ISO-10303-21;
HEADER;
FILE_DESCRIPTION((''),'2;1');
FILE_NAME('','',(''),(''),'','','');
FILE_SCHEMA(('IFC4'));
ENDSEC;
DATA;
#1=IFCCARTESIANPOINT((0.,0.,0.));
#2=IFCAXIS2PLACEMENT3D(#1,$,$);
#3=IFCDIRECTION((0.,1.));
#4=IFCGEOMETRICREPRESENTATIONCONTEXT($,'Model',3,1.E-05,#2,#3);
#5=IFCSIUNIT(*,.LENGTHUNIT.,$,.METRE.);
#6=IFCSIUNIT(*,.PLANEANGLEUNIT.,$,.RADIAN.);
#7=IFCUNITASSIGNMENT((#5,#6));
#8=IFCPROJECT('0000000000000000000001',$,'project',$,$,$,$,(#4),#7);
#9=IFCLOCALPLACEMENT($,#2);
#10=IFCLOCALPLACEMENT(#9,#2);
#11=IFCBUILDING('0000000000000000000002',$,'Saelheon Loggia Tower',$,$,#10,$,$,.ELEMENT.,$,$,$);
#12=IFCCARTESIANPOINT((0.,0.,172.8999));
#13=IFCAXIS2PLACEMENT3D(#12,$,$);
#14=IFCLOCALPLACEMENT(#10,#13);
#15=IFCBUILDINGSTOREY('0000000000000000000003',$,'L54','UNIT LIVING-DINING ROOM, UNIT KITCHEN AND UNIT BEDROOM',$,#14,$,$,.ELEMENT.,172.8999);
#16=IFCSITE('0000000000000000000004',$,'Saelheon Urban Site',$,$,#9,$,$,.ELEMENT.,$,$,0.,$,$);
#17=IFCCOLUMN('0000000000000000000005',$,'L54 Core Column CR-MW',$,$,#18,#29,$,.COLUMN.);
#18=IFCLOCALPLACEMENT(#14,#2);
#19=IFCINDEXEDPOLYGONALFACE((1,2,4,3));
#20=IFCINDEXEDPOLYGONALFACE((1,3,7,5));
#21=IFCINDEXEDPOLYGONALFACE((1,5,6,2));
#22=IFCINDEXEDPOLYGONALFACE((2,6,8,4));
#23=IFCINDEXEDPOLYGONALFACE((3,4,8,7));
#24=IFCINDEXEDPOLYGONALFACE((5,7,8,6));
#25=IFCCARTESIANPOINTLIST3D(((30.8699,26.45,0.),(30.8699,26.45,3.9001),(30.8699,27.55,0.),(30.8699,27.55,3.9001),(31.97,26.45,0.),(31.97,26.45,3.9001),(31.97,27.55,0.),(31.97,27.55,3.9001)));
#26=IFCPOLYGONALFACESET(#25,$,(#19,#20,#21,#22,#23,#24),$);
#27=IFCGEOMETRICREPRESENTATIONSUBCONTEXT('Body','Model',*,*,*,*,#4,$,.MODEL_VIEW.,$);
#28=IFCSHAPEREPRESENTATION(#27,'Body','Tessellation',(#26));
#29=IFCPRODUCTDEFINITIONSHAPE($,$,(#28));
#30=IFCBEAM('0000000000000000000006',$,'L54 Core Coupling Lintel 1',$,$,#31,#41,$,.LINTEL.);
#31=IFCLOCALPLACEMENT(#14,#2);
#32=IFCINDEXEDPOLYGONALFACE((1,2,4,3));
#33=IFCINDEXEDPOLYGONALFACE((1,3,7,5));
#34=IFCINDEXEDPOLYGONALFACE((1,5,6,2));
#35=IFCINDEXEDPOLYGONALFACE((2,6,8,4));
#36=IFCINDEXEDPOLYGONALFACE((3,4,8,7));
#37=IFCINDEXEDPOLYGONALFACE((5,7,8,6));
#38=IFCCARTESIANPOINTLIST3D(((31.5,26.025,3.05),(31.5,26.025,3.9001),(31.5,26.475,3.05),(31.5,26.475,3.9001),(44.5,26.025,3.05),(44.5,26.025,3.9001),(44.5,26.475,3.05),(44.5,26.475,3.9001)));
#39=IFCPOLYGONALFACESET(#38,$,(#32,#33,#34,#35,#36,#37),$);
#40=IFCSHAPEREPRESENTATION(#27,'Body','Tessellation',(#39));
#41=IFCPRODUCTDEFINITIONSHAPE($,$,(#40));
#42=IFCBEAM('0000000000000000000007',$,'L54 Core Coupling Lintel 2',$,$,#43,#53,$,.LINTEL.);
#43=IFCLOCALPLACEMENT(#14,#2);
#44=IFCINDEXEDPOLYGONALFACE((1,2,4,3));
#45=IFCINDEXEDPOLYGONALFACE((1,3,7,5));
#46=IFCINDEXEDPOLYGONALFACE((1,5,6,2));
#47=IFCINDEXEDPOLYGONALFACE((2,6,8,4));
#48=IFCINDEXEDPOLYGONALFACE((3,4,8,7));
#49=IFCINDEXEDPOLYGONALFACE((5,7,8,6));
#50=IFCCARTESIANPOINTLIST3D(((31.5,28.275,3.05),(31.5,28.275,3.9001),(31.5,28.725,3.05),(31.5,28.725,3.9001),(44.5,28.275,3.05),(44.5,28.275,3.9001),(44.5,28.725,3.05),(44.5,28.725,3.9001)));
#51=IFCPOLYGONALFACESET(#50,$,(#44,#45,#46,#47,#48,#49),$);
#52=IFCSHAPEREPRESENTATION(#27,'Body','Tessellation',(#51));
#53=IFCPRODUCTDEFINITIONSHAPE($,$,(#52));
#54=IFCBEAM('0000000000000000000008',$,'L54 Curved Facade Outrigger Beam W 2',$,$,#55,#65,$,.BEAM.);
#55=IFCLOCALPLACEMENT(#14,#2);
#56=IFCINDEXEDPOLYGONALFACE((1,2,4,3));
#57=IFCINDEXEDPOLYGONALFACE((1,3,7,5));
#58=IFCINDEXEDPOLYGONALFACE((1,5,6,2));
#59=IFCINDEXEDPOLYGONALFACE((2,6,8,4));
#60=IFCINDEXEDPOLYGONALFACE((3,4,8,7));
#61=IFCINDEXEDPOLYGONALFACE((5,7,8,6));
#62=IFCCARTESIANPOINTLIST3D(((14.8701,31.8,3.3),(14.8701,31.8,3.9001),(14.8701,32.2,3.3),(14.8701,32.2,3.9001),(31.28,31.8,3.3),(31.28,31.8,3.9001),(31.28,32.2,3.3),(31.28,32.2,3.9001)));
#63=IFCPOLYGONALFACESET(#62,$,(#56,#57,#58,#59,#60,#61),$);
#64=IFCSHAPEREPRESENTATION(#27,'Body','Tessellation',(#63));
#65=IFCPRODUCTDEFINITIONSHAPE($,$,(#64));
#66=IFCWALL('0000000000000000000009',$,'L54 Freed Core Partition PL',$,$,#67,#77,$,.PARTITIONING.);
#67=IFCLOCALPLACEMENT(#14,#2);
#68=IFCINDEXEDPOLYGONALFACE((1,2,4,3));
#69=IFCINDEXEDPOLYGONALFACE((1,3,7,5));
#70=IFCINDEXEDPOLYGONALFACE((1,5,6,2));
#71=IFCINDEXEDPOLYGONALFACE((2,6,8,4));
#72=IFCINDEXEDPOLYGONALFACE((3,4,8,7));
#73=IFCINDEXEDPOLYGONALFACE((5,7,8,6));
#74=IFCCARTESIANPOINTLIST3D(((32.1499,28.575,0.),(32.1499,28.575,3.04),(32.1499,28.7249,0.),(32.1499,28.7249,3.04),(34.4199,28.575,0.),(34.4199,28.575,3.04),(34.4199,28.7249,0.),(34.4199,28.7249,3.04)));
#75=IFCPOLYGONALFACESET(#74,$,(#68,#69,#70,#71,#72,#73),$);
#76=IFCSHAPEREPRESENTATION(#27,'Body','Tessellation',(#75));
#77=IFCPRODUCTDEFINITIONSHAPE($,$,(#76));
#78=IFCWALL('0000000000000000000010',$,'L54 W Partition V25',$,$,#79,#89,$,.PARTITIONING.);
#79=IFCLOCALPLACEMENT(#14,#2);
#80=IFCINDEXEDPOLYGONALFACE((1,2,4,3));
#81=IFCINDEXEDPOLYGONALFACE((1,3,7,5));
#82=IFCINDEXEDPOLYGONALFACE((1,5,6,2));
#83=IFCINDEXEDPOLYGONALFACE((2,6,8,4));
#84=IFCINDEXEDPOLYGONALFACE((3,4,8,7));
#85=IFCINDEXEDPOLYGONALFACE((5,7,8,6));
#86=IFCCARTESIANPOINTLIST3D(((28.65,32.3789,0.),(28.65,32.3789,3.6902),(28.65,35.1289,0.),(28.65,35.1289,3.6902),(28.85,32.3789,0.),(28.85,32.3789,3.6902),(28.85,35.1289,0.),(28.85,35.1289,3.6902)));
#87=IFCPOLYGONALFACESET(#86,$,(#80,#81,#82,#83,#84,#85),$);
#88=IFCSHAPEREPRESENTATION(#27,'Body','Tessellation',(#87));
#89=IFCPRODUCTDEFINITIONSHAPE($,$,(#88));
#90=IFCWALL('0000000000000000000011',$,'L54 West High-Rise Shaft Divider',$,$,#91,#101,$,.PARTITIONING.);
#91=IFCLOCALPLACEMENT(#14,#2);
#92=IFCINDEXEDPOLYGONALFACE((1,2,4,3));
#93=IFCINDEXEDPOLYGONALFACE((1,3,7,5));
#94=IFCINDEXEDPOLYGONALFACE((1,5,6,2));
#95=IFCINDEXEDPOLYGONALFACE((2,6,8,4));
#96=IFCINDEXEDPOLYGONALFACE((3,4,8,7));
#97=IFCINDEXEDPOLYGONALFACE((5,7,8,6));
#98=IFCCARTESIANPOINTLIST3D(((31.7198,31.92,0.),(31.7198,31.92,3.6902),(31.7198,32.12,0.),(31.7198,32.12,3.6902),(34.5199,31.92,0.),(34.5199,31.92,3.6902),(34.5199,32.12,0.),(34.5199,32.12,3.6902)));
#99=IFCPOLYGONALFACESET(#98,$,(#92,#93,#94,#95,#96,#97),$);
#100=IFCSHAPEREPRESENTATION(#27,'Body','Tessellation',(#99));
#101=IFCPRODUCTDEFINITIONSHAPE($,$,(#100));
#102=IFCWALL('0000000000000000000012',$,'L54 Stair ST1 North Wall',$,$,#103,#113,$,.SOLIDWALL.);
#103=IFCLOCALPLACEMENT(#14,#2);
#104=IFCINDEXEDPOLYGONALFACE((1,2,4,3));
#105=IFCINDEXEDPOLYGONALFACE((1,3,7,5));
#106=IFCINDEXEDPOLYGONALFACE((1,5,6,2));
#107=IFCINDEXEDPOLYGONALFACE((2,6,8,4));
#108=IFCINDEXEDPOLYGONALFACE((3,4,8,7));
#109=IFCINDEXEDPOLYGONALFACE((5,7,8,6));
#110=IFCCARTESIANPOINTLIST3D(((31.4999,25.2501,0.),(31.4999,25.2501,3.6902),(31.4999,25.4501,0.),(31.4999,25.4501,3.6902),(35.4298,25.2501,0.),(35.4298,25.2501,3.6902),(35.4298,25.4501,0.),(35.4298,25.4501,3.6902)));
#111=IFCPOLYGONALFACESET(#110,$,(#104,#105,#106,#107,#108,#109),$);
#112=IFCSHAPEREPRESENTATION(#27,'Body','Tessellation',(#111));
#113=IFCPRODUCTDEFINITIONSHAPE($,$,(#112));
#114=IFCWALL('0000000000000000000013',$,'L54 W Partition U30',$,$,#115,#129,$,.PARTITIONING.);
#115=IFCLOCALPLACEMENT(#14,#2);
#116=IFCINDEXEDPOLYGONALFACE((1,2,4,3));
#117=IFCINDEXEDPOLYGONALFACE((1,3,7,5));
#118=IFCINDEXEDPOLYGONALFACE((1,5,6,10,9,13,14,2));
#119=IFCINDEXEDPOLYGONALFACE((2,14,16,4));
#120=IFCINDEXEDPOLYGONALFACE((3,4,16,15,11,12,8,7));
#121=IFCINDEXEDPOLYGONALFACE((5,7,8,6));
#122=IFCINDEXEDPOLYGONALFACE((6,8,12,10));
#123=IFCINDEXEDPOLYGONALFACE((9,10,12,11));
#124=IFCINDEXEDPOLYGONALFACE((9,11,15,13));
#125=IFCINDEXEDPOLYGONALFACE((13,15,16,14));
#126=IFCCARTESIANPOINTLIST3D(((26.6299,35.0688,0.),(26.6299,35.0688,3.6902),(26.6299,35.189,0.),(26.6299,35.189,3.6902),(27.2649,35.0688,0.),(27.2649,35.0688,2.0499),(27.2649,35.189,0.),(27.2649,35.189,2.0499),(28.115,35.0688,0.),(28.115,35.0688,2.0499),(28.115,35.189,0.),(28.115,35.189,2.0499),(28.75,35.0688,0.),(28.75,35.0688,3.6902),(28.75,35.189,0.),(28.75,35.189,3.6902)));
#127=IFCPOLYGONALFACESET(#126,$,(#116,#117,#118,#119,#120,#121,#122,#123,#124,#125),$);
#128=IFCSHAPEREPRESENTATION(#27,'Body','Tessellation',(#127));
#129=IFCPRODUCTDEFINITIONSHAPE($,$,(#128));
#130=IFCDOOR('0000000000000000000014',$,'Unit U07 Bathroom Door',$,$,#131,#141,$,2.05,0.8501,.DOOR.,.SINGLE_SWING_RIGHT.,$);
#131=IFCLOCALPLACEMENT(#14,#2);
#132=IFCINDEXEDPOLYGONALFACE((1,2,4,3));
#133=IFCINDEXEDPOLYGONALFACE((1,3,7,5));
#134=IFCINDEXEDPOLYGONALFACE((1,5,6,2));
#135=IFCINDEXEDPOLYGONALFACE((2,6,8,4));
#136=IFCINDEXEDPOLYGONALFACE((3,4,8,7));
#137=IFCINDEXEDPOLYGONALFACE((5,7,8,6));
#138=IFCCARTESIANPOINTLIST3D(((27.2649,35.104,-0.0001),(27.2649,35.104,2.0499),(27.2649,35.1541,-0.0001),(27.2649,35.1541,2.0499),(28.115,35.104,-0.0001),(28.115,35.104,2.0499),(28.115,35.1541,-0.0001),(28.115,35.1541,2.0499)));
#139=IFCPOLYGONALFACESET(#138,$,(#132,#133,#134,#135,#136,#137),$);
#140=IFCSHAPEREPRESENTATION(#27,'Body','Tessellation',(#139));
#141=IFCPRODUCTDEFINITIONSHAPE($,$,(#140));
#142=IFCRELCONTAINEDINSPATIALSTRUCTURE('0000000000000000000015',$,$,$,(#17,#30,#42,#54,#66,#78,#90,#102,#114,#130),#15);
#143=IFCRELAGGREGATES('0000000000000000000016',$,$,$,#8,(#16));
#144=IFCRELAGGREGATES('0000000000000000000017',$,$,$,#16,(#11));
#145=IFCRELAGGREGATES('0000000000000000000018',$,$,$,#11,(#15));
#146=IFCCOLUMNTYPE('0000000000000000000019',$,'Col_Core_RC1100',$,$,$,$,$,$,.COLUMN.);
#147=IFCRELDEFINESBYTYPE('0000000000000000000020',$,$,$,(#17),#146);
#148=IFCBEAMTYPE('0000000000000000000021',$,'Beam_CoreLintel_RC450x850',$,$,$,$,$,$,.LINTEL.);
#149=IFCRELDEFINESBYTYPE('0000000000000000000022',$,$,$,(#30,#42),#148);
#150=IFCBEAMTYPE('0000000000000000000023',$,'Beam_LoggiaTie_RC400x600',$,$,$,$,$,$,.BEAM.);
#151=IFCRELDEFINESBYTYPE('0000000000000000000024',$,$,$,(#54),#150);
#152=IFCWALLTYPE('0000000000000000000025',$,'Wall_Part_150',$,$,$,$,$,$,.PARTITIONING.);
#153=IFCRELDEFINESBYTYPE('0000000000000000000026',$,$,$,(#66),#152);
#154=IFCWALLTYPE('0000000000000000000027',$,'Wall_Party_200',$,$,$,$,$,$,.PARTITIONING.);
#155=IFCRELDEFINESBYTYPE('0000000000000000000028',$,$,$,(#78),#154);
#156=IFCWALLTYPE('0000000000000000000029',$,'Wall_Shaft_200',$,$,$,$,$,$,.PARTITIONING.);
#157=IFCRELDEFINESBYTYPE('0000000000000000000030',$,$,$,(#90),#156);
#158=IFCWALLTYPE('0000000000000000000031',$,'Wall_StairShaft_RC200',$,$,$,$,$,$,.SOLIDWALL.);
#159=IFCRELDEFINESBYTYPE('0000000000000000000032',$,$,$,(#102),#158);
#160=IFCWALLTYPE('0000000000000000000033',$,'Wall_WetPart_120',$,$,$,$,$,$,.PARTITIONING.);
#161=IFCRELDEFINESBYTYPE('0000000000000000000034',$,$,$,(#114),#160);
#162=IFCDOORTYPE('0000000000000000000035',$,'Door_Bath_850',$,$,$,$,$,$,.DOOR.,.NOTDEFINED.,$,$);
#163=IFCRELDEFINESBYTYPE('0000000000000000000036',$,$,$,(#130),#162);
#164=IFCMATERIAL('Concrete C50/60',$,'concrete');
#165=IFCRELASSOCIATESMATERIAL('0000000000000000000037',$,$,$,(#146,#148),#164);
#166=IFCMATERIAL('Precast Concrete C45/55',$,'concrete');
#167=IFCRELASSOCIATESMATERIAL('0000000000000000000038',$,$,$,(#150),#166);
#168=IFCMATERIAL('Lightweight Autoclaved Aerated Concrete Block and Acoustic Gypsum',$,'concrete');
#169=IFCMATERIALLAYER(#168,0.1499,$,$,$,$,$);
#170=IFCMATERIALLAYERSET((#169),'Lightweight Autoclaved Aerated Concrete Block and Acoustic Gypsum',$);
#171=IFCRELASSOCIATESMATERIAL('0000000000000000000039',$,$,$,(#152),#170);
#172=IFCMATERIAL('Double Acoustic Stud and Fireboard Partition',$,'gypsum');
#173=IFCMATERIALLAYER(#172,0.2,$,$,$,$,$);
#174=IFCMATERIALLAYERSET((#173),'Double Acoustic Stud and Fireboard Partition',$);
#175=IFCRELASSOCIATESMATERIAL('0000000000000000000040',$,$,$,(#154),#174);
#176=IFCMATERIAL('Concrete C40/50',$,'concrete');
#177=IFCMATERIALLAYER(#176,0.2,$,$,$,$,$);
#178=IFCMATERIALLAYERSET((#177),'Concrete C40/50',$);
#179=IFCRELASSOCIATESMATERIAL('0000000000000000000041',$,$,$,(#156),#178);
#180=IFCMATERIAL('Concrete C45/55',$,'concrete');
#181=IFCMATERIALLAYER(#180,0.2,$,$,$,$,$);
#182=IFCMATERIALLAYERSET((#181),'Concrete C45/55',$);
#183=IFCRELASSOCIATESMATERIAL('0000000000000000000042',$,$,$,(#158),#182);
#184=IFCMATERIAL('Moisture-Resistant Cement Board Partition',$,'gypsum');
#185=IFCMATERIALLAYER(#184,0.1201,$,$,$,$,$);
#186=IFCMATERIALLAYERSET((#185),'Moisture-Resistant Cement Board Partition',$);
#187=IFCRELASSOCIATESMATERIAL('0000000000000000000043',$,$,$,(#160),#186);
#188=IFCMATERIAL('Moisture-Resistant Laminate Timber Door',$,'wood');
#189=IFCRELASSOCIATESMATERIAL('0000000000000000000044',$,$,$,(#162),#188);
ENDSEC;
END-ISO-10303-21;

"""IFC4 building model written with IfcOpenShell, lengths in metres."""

from ifc_helpers import new_model, si_unit, direction, frame, frame_2d, origin, origin_2d, place, context, subcontext, project, spatial, rectangle, extrude, source, transform, mapped, material, layer, layer_set, material_profile, profile_set, type_object, element, fill, save


model = new_model("IFC4")

# Units and contexts
model_context = context("Model", 3, precision=1e-05, world=origin(), true_north=direction((0.0, 1.0)))
body_context = subcontext(model_context, "Body", "Model", "MODEL_VIEW")
ifc_project = project(units=[si_unit("LENGTHUNIT", "METRE"), si_unit("PLANEANGLEUNIT", "RADIAN")], contexts=[model_context])

# Site, building, storey
site_placement = place(None, origin())
site = spatial("IfcSite", under=ifc_project, at=site_placement, Name="Saelheon Urban Site", CompositionType="ELEMENT", RefElevation=0.0)
building_placement = place(site_placement, origin())
building = spatial("IfcBuilding", under=site, at=building_placement, Name="Saelheon Loggia Tower", CompositionType="ELEMENT")
storey_placement = place(building_placement, frame((0.0, 0.0, 172.8999)))
storey = spatial("IfcBuildingStorey", under=building, at=storey_placement, Name="L54", Description="UNIT LIVING-DINING ROOM, UNIT KITCHEN AND UNIT BEDROOM", CompositionType="ELEMENT", Elevation=172.8999)

# Column
ifc_material_1 = material(Name="Concrete C50/60", Category="concrete")
ifc_material_profile_1 = material_profile(ifc_material_1, rectangle(XDim=1.1001, YDim=1.1001, at=origin_2d()), Name="RC-1100x1100")
ifc_profile_set_1 = profile_set([ifc_material_profile_1], Name="Concrete C50/60")
column_type = type_object("IfcColumnType", Name="Col_Core_RC1100", PredefinedType="COLUMN", material=ifc_profile_set_1)
shared_shape_1 = source(origin(), body_context, "Body", "SweptSolid", [
    extrude(rectangle(XDim=1.1001, YDim=1.1001, at=origin_2d()), origin(), (0.0, 0.0, 1.0), 3.9001),
])
column_placement = place(storey_placement, frame((31.4199, 27.0, 0.0), z_axis=(0.0, 0.0, 1.0), x_axis=(1.0, 0.0, 0.0)))
element("IfcColumn", 1, at=column_placement, inside=storey, type_object=column_type, Name="L54 Core Column CR-MW", PredefinedType="COLUMN", context=body_context, shape_type="MappedRepresentation", body=[
    mapped(shared_shape_1, transform((0.0, 0.0, 0.0), scale=1.0)),
])

# Beams
ifc_material_profile_2 = material_profile(ifc_material_1, rectangle(XDim=0.45, YDim=0.8501, at=origin_2d()), Name="RC-450x850")
ifc_profile_set_2 = profile_set([ifc_material_profile_2], Name="Concrete C50/60")
beam_type_1 = type_object("IfcBeamType", Name="Beam_CoreLintel_RC450x850", PredefinedType="LINTEL", material=ifc_profile_set_2)
shared_shape_2 = source(origin(), body_context, "Body", "SweptSolid", [
    extrude(rectangle(XDim=0.45, YDim=0.8501, at=origin_2d()), origin(), (0.0, 0.0, 1.0), 13.0),
])
for number, where, z_axis, x_axis, name in (
    (2, (31.5, 26.25, 3.4751), (1.0, 0.0, 0.0), (0.0, 1.0, 0.0), "L54 Core Coupling Lintel 1"),
    (3, (31.5, 28.5, 3.4751), (1.0, 0.0, 0.0), (0.0, 1.0, 0.0), "L54 Core Coupling Lintel 2"),
):
    element("IfcBeam", number, at=place(storey_placement, frame(where, z_axis=z_axis, x_axis=x_axis)), inside=storey, type_object=beam_type_1, Name=name, PredefinedType="LINTEL", context=body_context, shape_type="MappedRepresentation", body=[
        mapped(shared_shape_2, transform((0.0, 0.0, 0.0), scale=1.0)),
    ])
ifc_material_2 = material(Name="Precast Concrete C45/55", Category="concrete")
ifc_material_profile_3 = material_profile(ifc_material_2, rectangle(XDim=0.3999, YDim=0.6001, at=origin_2d()), Name="RC-400x600")
ifc_profile_set_3 = profile_set([ifc_material_profile_3], Name="Precast Concrete C45/55")
beam_type_2 = type_object("IfcBeamType", Name="Beam_LoggiaTie_RC400x600", PredefinedType="BEAM", material=ifc_profile_set_3)
shared_shape_3 = source(origin(), body_context, "Body", "SweptSolid", [
    extrude(rectangle(XDim=0.3999, YDim=0.6001, at=origin_2d()), origin(), (0.0, 0.0, 1.0), 16.4099),
])
beam_placement = place(storey_placement, frame((31.28, 32.0, 3.6001), z_axis=(-1.0, 0.0, 0.0), x_axis=(0.0, -1.0, 0.0)))
element("IfcBeam", 4, at=beam_placement, inside=storey, type_object=beam_type_2, Name="L54 Curved Facade Outrigger Beam W 2", PredefinedType="BEAM", context=body_context, shape_type="MappedRepresentation", body=[
    mapped(shared_shape_3, transform((0.0, 0.0, 0.0), scale=1.0)),
])

# Walls
ifc_material_3 = material(Name="Lightweight Autoclaved Aerated Concrete Block and Acoustic Gypsum", Category="concrete")
ifc_layer_1 = layer(ifc_material_3, 0.1499)
ifc_layer_set_1 = layer_set([ifc_layer_1], Name="Lightweight Autoclaved Aerated Concrete Block and Acoustic Gypsum")
wall_type_1 = type_object("IfcWallType", Name="Wall_Part_150", PredefinedType="PARTITIONING", material=ifc_layer_set_1)
wall_1_placement = place(storey_placement, frame((32.1499, 28.6499, 0.0), z_axis=(0.0, 0.0, 1.0), x_axis=(1.0, 0.0, 0.0)))
element("IfcWall", 5, at=wall_1_placement, inside=storey, type_object=wall_type_1, Name="L54 Freed Core Partition PL", PredefinedType="PARTITIONING", context=body_context, shape_type="SweptSolid", body=[
    extrude(rectangle(XDim=2.27, YDim=0.1499, at=frame_2d((1.135, 0.0))), origin(), (0.0, 0.0, 1.0), 3.04),
])
ifc_material_4 = material(Name="Double Acoustic Stud and Fireboard Partition", Category="gypsum")
ifc_layer_2 = layer(ifc_material_4, 0.2)
ifc_layer_set_2 = layer_set([ifc_layer_2], Name="Double Acoustic Stud and Fireboard Partition")
wall_type_2 = type_object("IfcWallType", Name="Wall_Party_200", PredefinedType="PARTITIONING", material=ifc_layer_set_2)
wall_2_placement = place(storey_placement, frame((28.75, 32.3789, 0.0), z_axis=(0.0, 0.0, 1.0), x_axis=(0.0, 1.0, 0.0)))
element("IfcWall", 6, at=wall_2_placement, inside=storey, type_object=wall_type_2, Name="L54 W Partition V25", PredefinedType="PARTITIONING", context=body_context, shape_type="SweptSolid", body=[
    extrude(rectangle(XDim=2.75, YDim=0.2, at=frame_2d((1.375, 0.0))), origin(), (0.0, 0.0, 1.0), 3.6902),
])

# Shared definitions
ifc_material_5 = material(Name="Concrete C40/50", Category="concrete")
ifc_layer_3 = layer(ifc_material_5, 0.2)
ifc_layer_set_3 = layer_set([ifc_layer_3], Name="Concrete C40/50")
wall_type_3 = type_object("IfcWallType", Name="Wall_Shaft_200", PredefinedType="PARTITIONING", material=ifc_layer_set_3)

# Walls
wall_3_placement = place(storey_placement, frame((31.72, 32.02, 0.0), z_axis=(0.0, 0.0, 1.0), x_axis=(1.0, 0.0, 0.0)))
element("IfcWall", 7, at=wall_3_placement, inside=storey, type_object=wall_type_3, Name="L54 West High-Rise Shaft Divider", PredefinedType="PARTITIONING", context=body_context, shape_type="SweptSolid", body=[
    extrude(rectangle(XDim=2.8, YDim=0.2, at=frame_2d((1.3999, 0.0))), origin(), (0.0, 0.0, 1.0), 3.6902),
])
ifc_material_6 = material(Name="Concrete C45/55", Category="concrete")
ifc_layer_4 = layer(ifc_material_6, 0.2)
ifc_layer_set_4 = layer_set([ifc_layer_4], Name="Concrete C45/55")
wall_type_4 = type_object("IfcWallType", Name="Wall_StairShaft_RC200", PredefinedType="SOLIDWALL", material=ifc_layer_set_4)
wall_4_placement = place(storey_placement, frame((31.5, 25.3501, 0.0), z_axis=(0.0, 0.0, 1.0), x_axis=(1.0, 0.0, 0.0)))
element("IfcWall", 8, at=wall_4_placement, inside=storey, type_object=wall_type_4, Name="L54 Stair ST1 North Wall", PredefinedType="SOLIDWALL", context=body_context, shape_type="SweptSolid", body=[
    extrude(rectangle(XDim=3.9299, YDim=0.2, at=frame_2d((1.9648, 0.0))), origin(), (0.0, 0.0, 1.0), 3.6902),
])

# Wall, opening, door
ifc_material_7 = material(Name="Moisture-Resistant Cement Board Partition", Category="gypsum")
ifc_layer_5 = layer(ifc_material_7, 0.1201)
ifc_layer_set_5 = layer_set([ifc_layer_5], Name="Moisture-Resistant Cement Board Partition")
wall_type_5 = type_object("IfcWallType", Name="Wall_WetPart_120", PredefinedType="PARTITIONING", material=ifc_layer_set_5)
wall_5_placement = place(storey_placement, frame((28.75, 35.1289, 0.0), z_axis=(0.0, 0.0, 1.0), x_axis=(-1.0, 0.0, 0.0)))
wall_5 = element("IfcWall", 9, at=wall_5_placement, inside=storey, type_object=wall_type_5, Name="L54 W Partition U30", PredefinedType="PARTITIONING", context=body_context, shape_type="SweptSolid", body=[
    extrude(rectangle(XDim=2.1201, YDim=0.1201, at=frame_2d((1.0601, 0.0))), origin(), (0.0, 0.0, 1.0), 3.6902),
])
opening_1_placement = place(wall_5_placement, frame((0.635, 0.0, 0.0)))
opening_1 = element("IfcOpeningElement", 10, at=opening_1_placement, cuts=wall_5, PredefinedType="OPENING", context=body_context, shape_type="SweptSolid", body=[
    extrude(rectangle(XDim=0.8501, YDim=2.05, at=frame_2d((0.425, 1.0249))), frame((0.0, 0.072, 0.0), z_axis=(0.0, -1.0, 0.0), x_axis=(1.0, 0.0, 0.0)), (0.0, 0.0, 1.0), 0.144),
])
ifc_material_8 = material(Name="Moisture-Resistant Laminate Timber Door", Category="wood")
door_type_1 = type_object("IfcDoorType", Name="Door_Bath_850", OperationType="NOTDEFINED", PredefinedType="DOOR", material=ifc_material_8)
shared_shape_4 = source(origin(), body_context, "Body", "SweptSolid", [
    extrude(rectangle(XDim=0.8501, YDim=2.05, at=frame_2d((0.425, 1.0249))), frame((0.0, 0.0249, 0.0), z_axis=(0.0, -1.0, 0.0), x_axis=(1.0, 0.0, 0.0)), (0.0, 0.0, 1.0), 0.05),
])
door_1_placement = place(opening_1_placement, origin())
door_1 = element("IfcDoor", 11, at=door_1_placement, inside=storey, type_object=door_type_1, Name="Unit U07 Bathroom Door", OperationType="SINGLE_SWING_RIGHT", OverallHeight=2.05, OverallWidth=0.8501, PredefinedType="DOOR", context=body_context, shape_type="MappedRepresentation", body=[
    mapped(shared_shape_4, transform((0.0, 0.0, 0.0), scale=1.0)),
])
fill(opening_1, door_1)

save(model, "model.ifc")
